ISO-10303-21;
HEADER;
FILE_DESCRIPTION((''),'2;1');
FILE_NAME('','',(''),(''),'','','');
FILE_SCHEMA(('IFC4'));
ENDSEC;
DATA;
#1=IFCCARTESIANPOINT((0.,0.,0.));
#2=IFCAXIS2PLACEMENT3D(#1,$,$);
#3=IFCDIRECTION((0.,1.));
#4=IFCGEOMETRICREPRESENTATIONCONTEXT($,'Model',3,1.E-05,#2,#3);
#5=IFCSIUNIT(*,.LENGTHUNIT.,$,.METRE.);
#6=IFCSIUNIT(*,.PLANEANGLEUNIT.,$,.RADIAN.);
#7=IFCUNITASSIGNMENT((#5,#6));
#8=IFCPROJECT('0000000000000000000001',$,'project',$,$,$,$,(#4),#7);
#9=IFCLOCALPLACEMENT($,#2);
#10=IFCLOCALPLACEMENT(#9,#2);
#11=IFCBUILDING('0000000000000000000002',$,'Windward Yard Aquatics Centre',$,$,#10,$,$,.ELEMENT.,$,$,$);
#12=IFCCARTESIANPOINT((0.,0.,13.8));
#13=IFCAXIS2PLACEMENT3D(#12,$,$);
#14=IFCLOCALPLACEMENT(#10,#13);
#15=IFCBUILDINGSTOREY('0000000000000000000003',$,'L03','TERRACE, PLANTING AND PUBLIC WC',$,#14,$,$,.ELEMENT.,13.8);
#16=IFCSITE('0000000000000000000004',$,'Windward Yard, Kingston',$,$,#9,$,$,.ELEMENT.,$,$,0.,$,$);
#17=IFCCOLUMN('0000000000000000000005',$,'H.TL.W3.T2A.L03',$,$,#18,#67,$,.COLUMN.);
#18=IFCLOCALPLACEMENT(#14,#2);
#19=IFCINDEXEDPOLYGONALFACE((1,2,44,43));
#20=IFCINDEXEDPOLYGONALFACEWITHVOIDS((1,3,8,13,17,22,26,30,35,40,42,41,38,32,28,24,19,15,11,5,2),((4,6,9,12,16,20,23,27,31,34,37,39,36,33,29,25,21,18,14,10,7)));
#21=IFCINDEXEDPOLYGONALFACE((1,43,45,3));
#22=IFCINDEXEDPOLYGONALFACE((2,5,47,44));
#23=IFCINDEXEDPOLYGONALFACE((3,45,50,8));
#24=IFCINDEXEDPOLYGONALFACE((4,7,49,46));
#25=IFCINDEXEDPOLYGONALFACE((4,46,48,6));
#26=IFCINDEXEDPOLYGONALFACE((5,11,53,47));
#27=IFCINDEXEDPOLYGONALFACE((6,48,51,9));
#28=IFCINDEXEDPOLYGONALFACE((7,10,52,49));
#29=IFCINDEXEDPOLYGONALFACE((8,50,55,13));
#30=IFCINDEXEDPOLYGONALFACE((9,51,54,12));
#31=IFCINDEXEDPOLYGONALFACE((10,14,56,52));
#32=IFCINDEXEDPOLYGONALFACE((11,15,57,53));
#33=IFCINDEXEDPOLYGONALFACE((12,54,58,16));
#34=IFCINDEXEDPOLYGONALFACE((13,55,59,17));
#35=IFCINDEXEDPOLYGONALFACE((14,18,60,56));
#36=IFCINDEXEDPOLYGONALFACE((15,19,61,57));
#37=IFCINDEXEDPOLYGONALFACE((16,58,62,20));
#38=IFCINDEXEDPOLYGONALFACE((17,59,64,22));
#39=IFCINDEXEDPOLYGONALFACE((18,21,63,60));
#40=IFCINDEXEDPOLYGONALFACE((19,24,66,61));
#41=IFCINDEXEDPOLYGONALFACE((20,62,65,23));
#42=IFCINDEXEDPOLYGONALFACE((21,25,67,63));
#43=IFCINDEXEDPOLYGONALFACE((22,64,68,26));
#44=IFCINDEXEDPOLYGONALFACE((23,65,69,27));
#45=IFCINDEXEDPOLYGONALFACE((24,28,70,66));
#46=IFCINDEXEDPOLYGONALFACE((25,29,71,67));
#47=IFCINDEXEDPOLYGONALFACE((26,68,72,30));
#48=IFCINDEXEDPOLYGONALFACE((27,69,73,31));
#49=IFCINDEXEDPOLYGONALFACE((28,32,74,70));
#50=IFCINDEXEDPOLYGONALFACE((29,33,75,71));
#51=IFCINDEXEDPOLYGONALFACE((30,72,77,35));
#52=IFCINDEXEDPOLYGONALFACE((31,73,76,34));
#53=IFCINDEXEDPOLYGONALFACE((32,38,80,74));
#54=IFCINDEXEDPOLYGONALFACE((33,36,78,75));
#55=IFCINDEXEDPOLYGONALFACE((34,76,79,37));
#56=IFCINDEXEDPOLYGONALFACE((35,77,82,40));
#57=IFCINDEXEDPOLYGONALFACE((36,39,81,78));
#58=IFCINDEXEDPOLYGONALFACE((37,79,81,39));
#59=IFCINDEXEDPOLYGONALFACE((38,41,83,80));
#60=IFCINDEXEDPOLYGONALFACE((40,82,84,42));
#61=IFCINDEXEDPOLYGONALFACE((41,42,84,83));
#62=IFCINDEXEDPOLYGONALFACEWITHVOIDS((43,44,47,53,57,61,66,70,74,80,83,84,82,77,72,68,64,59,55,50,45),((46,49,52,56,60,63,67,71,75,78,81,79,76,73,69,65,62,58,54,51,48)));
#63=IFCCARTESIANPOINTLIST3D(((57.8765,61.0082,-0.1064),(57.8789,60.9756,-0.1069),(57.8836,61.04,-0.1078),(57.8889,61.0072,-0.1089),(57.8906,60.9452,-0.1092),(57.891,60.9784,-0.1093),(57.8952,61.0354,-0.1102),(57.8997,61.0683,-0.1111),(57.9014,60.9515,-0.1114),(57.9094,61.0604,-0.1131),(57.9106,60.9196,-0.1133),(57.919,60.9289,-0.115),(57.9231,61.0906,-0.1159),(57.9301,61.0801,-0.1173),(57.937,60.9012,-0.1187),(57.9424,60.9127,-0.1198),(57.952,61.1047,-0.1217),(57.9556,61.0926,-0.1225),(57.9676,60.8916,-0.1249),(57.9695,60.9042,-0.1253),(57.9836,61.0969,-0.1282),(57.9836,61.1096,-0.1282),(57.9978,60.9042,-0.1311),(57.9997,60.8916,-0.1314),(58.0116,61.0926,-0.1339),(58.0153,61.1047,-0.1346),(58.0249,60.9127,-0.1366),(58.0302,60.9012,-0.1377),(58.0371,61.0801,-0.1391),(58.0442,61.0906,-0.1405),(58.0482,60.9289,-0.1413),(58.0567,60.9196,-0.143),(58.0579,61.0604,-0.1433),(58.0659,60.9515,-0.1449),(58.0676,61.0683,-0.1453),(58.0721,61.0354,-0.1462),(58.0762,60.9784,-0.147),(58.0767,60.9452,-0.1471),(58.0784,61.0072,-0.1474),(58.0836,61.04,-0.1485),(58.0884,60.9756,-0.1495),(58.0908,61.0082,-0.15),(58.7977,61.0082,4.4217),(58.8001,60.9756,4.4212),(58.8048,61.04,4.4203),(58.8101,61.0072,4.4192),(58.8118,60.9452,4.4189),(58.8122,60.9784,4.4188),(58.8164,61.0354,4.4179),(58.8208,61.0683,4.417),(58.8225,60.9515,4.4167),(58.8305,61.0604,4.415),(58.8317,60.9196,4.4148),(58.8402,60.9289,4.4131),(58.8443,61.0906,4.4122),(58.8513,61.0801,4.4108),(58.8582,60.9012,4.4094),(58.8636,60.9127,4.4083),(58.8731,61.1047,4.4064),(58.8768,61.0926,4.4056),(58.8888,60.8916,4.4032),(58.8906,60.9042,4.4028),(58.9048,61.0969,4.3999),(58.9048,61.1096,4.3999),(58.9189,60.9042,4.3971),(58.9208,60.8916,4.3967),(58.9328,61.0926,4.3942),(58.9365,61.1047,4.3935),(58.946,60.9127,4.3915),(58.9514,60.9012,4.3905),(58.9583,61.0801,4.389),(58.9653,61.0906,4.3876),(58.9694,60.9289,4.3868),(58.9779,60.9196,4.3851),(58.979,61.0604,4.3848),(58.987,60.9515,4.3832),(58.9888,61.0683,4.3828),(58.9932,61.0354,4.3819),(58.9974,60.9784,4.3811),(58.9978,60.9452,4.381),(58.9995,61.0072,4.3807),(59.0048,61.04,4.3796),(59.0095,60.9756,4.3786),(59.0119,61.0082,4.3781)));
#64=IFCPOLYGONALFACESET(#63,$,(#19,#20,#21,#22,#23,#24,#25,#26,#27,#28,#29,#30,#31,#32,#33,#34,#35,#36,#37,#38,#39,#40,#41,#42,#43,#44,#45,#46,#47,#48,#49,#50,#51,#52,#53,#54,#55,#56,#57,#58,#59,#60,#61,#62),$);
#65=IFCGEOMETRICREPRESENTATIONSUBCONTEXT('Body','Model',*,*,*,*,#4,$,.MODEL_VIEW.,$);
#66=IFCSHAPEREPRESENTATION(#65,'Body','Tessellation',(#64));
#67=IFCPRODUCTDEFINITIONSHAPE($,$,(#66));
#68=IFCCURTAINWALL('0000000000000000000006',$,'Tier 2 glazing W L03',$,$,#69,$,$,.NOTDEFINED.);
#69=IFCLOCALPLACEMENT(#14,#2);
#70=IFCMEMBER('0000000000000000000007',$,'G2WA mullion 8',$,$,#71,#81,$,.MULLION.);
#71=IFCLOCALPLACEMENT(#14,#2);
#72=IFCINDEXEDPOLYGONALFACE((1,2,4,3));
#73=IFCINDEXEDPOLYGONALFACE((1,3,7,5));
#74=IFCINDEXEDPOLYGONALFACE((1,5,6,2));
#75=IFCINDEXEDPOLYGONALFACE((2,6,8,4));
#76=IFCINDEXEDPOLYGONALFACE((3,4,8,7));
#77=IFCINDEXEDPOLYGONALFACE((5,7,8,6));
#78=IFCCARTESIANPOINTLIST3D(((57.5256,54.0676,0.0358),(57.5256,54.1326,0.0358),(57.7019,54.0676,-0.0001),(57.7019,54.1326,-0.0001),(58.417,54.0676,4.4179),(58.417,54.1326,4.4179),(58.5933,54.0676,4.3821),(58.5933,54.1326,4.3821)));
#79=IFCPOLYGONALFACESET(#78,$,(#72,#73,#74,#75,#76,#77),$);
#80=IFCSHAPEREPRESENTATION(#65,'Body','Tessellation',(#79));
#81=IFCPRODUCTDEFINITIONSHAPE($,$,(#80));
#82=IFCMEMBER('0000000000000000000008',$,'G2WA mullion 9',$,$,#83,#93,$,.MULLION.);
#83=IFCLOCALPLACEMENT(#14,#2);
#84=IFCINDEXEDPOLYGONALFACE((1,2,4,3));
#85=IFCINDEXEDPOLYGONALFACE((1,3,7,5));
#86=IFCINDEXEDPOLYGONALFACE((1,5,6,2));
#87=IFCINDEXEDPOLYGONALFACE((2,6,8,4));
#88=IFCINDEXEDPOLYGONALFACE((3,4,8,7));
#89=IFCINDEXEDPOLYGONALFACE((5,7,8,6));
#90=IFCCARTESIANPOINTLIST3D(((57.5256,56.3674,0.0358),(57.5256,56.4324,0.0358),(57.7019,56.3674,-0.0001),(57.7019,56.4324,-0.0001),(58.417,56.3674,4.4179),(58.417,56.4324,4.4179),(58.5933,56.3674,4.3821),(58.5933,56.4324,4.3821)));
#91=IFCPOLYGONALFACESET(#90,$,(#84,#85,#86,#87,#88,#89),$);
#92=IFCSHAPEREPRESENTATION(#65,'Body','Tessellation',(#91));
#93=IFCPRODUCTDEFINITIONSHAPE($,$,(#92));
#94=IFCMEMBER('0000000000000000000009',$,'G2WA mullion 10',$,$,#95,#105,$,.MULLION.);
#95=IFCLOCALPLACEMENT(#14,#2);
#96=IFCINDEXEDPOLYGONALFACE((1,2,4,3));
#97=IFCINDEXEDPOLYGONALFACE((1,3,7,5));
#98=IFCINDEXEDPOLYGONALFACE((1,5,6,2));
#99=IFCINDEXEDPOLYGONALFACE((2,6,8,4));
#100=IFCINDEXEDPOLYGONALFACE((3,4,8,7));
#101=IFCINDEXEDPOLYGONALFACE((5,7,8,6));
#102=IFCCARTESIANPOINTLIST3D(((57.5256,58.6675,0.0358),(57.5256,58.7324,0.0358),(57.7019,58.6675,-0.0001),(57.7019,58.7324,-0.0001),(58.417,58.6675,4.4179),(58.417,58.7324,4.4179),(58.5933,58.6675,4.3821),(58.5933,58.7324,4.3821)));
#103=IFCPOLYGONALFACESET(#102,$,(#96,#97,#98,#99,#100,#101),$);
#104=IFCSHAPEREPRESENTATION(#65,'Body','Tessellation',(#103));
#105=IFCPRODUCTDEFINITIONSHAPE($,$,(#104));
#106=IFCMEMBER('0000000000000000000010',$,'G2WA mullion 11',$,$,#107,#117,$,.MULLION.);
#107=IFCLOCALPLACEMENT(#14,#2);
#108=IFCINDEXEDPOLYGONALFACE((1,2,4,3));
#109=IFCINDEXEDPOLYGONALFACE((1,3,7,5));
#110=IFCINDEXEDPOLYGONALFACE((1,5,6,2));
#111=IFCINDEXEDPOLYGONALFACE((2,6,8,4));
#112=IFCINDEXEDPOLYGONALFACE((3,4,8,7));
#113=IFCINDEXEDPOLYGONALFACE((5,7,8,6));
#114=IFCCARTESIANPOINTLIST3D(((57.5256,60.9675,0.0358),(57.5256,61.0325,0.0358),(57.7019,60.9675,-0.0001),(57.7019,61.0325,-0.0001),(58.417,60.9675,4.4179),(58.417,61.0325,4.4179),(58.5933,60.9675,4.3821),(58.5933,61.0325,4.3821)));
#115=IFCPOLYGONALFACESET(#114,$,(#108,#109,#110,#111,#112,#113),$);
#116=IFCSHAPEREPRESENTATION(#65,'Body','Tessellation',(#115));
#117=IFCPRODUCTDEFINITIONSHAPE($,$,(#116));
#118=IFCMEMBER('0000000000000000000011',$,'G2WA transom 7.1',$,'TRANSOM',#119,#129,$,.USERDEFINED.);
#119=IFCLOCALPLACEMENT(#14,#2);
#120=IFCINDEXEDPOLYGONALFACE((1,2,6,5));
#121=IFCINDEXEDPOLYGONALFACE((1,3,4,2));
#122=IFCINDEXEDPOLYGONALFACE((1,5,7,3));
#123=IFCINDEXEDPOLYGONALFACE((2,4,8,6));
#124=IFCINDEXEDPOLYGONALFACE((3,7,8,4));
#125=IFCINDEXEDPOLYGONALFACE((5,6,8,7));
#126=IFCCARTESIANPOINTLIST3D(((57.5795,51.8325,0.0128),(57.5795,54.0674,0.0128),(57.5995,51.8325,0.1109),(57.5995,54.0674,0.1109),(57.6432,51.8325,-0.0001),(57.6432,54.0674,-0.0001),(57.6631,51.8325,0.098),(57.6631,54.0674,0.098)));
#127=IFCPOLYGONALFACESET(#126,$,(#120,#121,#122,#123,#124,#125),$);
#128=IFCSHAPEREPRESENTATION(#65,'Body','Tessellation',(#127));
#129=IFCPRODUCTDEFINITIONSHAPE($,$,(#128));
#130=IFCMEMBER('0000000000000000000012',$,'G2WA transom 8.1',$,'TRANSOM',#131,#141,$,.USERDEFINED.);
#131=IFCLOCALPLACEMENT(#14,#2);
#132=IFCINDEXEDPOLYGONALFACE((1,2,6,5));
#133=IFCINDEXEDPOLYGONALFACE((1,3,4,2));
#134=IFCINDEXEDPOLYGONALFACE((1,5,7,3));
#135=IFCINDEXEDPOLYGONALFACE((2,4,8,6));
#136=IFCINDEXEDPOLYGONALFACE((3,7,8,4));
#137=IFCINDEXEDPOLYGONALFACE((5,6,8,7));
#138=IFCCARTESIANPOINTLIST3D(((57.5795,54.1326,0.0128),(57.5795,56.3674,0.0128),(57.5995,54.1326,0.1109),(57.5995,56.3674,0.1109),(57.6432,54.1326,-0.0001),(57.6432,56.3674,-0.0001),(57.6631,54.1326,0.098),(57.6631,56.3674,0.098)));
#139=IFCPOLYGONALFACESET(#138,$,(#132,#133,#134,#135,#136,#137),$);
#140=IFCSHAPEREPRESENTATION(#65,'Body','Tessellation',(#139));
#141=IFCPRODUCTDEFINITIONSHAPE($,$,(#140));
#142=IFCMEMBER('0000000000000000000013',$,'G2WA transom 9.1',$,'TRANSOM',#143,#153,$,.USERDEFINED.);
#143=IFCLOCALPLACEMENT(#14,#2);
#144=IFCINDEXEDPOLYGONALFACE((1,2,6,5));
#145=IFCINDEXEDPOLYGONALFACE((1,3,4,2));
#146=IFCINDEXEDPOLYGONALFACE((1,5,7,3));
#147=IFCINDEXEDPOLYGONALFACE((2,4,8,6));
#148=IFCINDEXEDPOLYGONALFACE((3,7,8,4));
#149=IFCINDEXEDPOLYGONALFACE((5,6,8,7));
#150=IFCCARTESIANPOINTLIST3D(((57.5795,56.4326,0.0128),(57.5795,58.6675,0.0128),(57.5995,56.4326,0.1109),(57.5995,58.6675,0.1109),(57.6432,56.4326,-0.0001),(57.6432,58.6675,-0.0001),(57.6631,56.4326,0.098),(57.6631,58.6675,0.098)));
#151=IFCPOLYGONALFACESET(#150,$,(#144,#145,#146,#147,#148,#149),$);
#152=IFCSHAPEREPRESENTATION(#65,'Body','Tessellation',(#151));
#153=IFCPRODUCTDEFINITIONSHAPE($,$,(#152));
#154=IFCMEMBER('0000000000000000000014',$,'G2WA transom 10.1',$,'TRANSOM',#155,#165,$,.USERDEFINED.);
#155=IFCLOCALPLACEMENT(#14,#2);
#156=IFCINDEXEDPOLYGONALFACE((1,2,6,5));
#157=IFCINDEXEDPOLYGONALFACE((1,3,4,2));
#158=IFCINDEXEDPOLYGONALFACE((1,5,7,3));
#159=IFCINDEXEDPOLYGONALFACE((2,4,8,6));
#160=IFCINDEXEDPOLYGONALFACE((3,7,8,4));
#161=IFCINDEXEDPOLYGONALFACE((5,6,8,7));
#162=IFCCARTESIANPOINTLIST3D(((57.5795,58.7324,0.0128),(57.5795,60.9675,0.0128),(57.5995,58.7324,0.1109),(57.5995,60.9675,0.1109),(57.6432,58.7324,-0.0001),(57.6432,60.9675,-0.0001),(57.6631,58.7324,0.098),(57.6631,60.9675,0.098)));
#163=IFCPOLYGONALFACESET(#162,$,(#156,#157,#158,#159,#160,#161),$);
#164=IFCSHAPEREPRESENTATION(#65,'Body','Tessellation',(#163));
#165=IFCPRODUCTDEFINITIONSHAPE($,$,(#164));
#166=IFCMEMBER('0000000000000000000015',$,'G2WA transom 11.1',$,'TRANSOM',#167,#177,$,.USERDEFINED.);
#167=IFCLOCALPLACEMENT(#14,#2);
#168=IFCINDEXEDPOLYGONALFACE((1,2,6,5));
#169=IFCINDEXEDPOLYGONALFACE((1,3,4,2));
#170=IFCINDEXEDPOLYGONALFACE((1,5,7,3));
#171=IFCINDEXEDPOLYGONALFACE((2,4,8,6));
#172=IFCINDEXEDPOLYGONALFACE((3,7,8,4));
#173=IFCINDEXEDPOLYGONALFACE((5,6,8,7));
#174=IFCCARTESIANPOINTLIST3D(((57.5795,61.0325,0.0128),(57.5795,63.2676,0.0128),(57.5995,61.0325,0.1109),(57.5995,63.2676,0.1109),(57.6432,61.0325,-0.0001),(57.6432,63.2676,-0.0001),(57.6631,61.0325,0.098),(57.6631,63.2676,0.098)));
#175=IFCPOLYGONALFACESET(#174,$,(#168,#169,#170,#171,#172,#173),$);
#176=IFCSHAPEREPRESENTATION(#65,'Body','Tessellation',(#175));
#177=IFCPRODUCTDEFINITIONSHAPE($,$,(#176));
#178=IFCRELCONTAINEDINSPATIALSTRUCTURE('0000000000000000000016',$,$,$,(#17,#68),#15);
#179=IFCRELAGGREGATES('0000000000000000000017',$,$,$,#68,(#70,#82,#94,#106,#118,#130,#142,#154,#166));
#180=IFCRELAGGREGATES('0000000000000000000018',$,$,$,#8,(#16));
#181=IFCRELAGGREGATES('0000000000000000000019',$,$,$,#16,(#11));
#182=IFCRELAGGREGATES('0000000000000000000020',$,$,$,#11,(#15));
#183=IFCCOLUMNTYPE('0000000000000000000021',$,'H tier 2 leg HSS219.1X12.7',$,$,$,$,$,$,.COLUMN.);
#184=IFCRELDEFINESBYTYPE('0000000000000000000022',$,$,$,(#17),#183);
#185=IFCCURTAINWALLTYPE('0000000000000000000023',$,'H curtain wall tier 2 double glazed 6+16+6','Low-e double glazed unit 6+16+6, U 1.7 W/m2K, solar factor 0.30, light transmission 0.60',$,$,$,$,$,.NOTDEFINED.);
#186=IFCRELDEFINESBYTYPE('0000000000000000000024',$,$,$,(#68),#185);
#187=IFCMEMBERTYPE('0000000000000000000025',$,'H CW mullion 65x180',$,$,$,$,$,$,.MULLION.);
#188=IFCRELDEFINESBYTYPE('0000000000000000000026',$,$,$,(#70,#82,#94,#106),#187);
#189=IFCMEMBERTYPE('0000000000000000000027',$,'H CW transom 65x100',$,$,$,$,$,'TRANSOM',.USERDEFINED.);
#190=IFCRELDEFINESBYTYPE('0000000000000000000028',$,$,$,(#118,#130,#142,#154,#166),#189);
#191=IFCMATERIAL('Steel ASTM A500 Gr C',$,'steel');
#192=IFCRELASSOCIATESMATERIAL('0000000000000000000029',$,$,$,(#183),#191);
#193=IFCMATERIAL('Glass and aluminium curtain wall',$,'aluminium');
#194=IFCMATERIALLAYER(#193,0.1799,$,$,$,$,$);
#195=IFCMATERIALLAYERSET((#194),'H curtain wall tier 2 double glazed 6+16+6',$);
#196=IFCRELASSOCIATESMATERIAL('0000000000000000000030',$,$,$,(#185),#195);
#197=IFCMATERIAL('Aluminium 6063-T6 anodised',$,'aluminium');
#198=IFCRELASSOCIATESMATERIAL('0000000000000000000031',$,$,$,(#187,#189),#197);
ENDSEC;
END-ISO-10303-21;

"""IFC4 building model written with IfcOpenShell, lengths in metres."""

from ifc_helpers import new_model, si_unit, direction, frame, origin, origin_2d, place, context, subcontext, project, spatial, rectangle, hollow_circle, extrude, material, layer, layer_set, material_profile, profile_set, type_object, element, aggregate, save


model = new_model("IFC4")

# Units and contexts
model_context = context("Model", 3, precision=1e-05, world=origin(), true_north=direction((0.0, 1.0)))
body_context = subcontext(model_context, "Body", "Model", "MODEL_VIEW")
ifc_project = project(units=[si_unit("LENGTHUNIT", "METRE"), si_unit("PLANEANGLEUNIT", "RADIAN")], contexts=[model_context])

# Site, building, storey
site_placement = place(None, origin())
site = spatial("IfcSite", under=ifc_project, at=site_placement, Name="Windward Yard, Kingston", CompositionType="ELEMENT", RefElevation=0.0)
building_placement = place(site_placement, origin())
building = spatial("IfcBuilding", under=site, at=building_placement, Name="Windward Yard Aquatics Centre", CompositionType="ELEMENT")
storey_placement = place(building_placement, frame((0.0, 0.0, 13.8)))
storey = spatial("IfcBuildingStorey", under=building, at=storey_placement, Name="L03", Description="TERRACE, PLANTING AND PUBLIC WC", CompositionType="ELEMENT", Elevation=13.8)

# Column
ifc_material_1 = material(Name="Steel ASTM A500 Gr C", Category="steel")
ifc_material_profile_1 = material_profile(ifc_material_1, hollow_circle(Radius=0.1096, WallThickness=0.0127, at=origin_2d()), Name="HSS219.1X12.7")
ifc_profile_set_1 = profile_set([ifc_material_profile_1], Name="Steel ASTM A500 Gr C")
column_type = type_object("IfcColumnType", Name="H tier 2 leg HSS219.1X12.7", PredefinedType="COLUMN", material=ifc_profile_set_1)
column_placement = place(storey_placement, frame((57.9836, 61.0, -0.1282), z_axis=(0.199346, 0.0, 0.979929), x_axis=(0.0, 1.0, 0.0)))
element("IfcColumn", 1, at=column_placement, inside=storey, type_object=column_type, Name="H.TL.W3.T2A.L03", PredefinedType="COLUMN", context=body_context, shape_type="SweptSolid", body=[
    extrude(hollow_circle(Radius=0.1096, WallThickness=0.0127, at=origin_2d()), origin(), (0.0, 0.0, 1.0), 4.6208),
])

# Curtain wall, members
ifc_material_2 = material(Name="Glass and aluminium curtain wall", Category="aluminium")
ifc_layer_1 = layer(ifc_material_2, 0.1799)
ifc_layer_set_1 = layer_set([ifc_layer_1], Name="H curtain wall tier 2 double glazed 6+16+6")
curtain_wall_type = type_object("IfcCurtainWallType", Name="H curtain wall tier 2 double glazed 6+16+6", Description="Low-e double glazed unit 6+16+6, U 1.7 W/m2K, solar factor 0.30, light transmission 0.60", PredefinedType="NOTDEFINED", material=ifc_layer_set_1)
curtain_wall_placement = place(storey_placement, origin())
curtain_wall = element("IfcCurtainWall", 2, at=curtain_wall_placement, inside=storey, type_object=curtain_wall_type, Name="Tier 2 glazing W L03", PredefinedType="NOTDEFINED")
ifc_material_3 = material(Name="Aluminium 6063-T6 anodised", Category="aluminium")
ifc_material_profile_2 = material_profile(ifc_material_3, rectangle(XDim=0.0649, YDim=0.1799, at=origin_2d()), Name="H CW mullion 65x180")
ifc_profile_set_2 = profile_set([ifc_material_profile_2], Name="Aluminium 6063-T6 anodised")
member_type_1 = type_object("IfcMemberType", Name="H CW mullion 65x180", PredefinedType="MULLION", material=ifc_profile_set_2)
member_1_placement = place(storey_placement, frame((57.6138, 54.1001, 0.0178), z_axis=(0.199328, 0.0, 0.979933), x_axis=(0.0, 1.0, 0.0)))
member_1 = element("IfcMember", 3, at=member_1_placement, type_object=member_type_1, Name="G2WA mullion 8", PredefinedType="MULLION", context=body_context, shape_type="SweptSolid", body=[
    extrude(rectangle(XDim=0.0649, YDim=0.1799, at=origin_2d()), origin(), (0.0, 0.0, 1.0), 4.4719),
])
member_2_placement = place(storey_placement, frame((57.6138, 56.3999, 0.0178), z_axis=(0.199328, 0.0, 0.979933), x_axis=(0.0, 1.0, 0.0)))
member_2 = element("IfcMember", 4, at=member_2_placement, type_object=member_type_1, Name="G2WA mullion 9", PredefinedType="MULLION", context=body_context, shape_type="SweptSolid", body=[
    extrude(rectangle(XDim=0.0649, YDim=0.1799, at=origin_2d()), origin(), (0.0, 0.0, 1.0), 4.4719),
])
member_3_placement = place(storey_placement, frame((57.6138, 58.7, 0.0178), z_axis=(0.199328, 0.0, 0.979933), x_axis=(0.0, 1.0, 0.0)))
member_3 = element("IfcMember", 5, at=member_3_placement, type_object=member_type_1, Name="G2WA mullion 10", PredefinedType="MULLION", context=body_context, shape_type="SweptSolid", body=[
    extrude(rectangle(XDim=0.0649, YDim=0.1799, at=origin_2d()), origin(), (0.0, 0.0, 1.0), 4.4719),
])
member_4_placement = place(storey_placement, frame((57.6138, 61.0, 0.0178), z_axis=(0.199328, 0.0, 0.979933), x_axis=(0.0, 1.0, 0.0)))
member_4 = element("IfcMember", 6, at=member_4_placement, type_object=member_type_1, Name="G2WA mullion 11", PredefinedType="MULLION", context=body_context, shape_type="SweptSolid", body=[
    extrude(rectangle(XDim=0.0649, YDim=0.1799, at=origin_2d()), origin(), (0.0, 0.0, 1.0), 4.4719),
])
ifc_material_profile_3 = material_profile(ifc_material_3, rectangle(XDim=0.0649, YDim=0.1001, at=origin_2d()), Name="H CW transom 65x100")
ifc_profile_set_3 = profile_set([ifc_material_profile_3], Name="Aluminium 6063-T6 anodised")
member_type_2 = type_object("IfcMemberType", Name="H CW transom 65x100", ElementType="TRANSOM", PredefinedType="USERDEFINED", material=ifc_profile_set_3)
member_5_placement = place(storey_placement, frame((57.6213, 51.8325, 0.0554), z_axis=(0.0, 1.0, 0.0), x_axis=(-0.979925, 0.0, 0.199368)))
member_5 = element("IfcMember", 7, at=member_5_placement, type_object=member_type_2, Name="G2WA transom 7.1", ObjectType="TRANSOM", PredefinedType="USERDEFINED", context=body_context, shape_type="SweptSolid", body=[
    extrude(rectangle(XDim=0.0649, YDim=0.1001, at=origin_2d()), origin(), (0.0, 0.0, 1.0), 2.2349),
])
member_6_placement = place(storey_placement, frame((57.6213, 54.1326, 0.0554), z_axis=(0.0, 1.0, 0.0), x_axis=(-0.979925, 0.0, 0.199368)))
member_6 = element("IfcMember", 8, at=member_6_placement, type_object=member_type_2, Name="G2WA transom 8.1", ObjectType="TRANSOM", PredefinedType="USERDEFINED", context=body_context, shape_type="SweptSolid", body=[
    extrude(rectangle(XDim=0.0649, YDim=0.1001, at=origin_2d()), origin(), (0.0, 0.0, 1.0), 2.2349),
])
member_7_placement = place(storey_placement, frame((57.6213, 56.4326, 0.0554), z_axis=(0.0, 1.0, 0.0), x_axis=(-0.979925, 0.0, 0.199368)))
member_7 = element("IfcMember", 9, at=member_7_placement, type_object=member_type_2, Name="G2WA transom 9.1", ObjectType="TRANSOM", PredefinedType="USERDEFINED", context=body_context, shape_type="SweptSolid", body=[
    extrude(rectangle(XDim=0.0649, YDim=0.1001, at=origin_2d()), origin(), (0.0, 0.0, 1.0), 2.2349),
])
member_8_placement = place(storey_placement, frame((57.6213, 58.7324, 0.0554), z_axis=(0.0, 1.0, 0.0), x_axis=(-0.979925, 0.0, 0.199368)))
member_8 = element("IfcMember", 10, at=member_8_placement, type_object=member_type_2, Name="G2WA transom 10.1", ObjectType="TRANSOM", PredefinedType="USERDEFINED", context=body_context, shape_type="SweptSolid", body=[
    extrude(rectangle(XDim=0.0649, YDim=0.1001, at=origin_2d()), origin(), (0.0, 0.0, 1.0), 2.2351),
])
member_9_placement = place(storey_placement, frame((57.6213, 61.0325, 0.0554), z_axis=(0.0, 1.0, 0.0), x_axis=(-0.979925, 0.0, 0.199368)))
member_9 = element("IfcMember", 11, at=member_9_placement, type_object=member_type_2, Name="G2WA transom 11.1", ObjectType="TRANSOM", PredefinedType="USERDEFINED", context=body_context, shape_type="SweptSolid", body=[
    extrude(rectangle(XDim=0.0649, YDim=0.1001, at=origin_2d()), origin(), (0.0, 0.0, 1.0), 2.2351),
])

aggregate(curtain_wall, [member_1, member_2, member_3, member_4, member_5, member_6, member_7, member_8, member_9])

save(model, "model.ifc")
